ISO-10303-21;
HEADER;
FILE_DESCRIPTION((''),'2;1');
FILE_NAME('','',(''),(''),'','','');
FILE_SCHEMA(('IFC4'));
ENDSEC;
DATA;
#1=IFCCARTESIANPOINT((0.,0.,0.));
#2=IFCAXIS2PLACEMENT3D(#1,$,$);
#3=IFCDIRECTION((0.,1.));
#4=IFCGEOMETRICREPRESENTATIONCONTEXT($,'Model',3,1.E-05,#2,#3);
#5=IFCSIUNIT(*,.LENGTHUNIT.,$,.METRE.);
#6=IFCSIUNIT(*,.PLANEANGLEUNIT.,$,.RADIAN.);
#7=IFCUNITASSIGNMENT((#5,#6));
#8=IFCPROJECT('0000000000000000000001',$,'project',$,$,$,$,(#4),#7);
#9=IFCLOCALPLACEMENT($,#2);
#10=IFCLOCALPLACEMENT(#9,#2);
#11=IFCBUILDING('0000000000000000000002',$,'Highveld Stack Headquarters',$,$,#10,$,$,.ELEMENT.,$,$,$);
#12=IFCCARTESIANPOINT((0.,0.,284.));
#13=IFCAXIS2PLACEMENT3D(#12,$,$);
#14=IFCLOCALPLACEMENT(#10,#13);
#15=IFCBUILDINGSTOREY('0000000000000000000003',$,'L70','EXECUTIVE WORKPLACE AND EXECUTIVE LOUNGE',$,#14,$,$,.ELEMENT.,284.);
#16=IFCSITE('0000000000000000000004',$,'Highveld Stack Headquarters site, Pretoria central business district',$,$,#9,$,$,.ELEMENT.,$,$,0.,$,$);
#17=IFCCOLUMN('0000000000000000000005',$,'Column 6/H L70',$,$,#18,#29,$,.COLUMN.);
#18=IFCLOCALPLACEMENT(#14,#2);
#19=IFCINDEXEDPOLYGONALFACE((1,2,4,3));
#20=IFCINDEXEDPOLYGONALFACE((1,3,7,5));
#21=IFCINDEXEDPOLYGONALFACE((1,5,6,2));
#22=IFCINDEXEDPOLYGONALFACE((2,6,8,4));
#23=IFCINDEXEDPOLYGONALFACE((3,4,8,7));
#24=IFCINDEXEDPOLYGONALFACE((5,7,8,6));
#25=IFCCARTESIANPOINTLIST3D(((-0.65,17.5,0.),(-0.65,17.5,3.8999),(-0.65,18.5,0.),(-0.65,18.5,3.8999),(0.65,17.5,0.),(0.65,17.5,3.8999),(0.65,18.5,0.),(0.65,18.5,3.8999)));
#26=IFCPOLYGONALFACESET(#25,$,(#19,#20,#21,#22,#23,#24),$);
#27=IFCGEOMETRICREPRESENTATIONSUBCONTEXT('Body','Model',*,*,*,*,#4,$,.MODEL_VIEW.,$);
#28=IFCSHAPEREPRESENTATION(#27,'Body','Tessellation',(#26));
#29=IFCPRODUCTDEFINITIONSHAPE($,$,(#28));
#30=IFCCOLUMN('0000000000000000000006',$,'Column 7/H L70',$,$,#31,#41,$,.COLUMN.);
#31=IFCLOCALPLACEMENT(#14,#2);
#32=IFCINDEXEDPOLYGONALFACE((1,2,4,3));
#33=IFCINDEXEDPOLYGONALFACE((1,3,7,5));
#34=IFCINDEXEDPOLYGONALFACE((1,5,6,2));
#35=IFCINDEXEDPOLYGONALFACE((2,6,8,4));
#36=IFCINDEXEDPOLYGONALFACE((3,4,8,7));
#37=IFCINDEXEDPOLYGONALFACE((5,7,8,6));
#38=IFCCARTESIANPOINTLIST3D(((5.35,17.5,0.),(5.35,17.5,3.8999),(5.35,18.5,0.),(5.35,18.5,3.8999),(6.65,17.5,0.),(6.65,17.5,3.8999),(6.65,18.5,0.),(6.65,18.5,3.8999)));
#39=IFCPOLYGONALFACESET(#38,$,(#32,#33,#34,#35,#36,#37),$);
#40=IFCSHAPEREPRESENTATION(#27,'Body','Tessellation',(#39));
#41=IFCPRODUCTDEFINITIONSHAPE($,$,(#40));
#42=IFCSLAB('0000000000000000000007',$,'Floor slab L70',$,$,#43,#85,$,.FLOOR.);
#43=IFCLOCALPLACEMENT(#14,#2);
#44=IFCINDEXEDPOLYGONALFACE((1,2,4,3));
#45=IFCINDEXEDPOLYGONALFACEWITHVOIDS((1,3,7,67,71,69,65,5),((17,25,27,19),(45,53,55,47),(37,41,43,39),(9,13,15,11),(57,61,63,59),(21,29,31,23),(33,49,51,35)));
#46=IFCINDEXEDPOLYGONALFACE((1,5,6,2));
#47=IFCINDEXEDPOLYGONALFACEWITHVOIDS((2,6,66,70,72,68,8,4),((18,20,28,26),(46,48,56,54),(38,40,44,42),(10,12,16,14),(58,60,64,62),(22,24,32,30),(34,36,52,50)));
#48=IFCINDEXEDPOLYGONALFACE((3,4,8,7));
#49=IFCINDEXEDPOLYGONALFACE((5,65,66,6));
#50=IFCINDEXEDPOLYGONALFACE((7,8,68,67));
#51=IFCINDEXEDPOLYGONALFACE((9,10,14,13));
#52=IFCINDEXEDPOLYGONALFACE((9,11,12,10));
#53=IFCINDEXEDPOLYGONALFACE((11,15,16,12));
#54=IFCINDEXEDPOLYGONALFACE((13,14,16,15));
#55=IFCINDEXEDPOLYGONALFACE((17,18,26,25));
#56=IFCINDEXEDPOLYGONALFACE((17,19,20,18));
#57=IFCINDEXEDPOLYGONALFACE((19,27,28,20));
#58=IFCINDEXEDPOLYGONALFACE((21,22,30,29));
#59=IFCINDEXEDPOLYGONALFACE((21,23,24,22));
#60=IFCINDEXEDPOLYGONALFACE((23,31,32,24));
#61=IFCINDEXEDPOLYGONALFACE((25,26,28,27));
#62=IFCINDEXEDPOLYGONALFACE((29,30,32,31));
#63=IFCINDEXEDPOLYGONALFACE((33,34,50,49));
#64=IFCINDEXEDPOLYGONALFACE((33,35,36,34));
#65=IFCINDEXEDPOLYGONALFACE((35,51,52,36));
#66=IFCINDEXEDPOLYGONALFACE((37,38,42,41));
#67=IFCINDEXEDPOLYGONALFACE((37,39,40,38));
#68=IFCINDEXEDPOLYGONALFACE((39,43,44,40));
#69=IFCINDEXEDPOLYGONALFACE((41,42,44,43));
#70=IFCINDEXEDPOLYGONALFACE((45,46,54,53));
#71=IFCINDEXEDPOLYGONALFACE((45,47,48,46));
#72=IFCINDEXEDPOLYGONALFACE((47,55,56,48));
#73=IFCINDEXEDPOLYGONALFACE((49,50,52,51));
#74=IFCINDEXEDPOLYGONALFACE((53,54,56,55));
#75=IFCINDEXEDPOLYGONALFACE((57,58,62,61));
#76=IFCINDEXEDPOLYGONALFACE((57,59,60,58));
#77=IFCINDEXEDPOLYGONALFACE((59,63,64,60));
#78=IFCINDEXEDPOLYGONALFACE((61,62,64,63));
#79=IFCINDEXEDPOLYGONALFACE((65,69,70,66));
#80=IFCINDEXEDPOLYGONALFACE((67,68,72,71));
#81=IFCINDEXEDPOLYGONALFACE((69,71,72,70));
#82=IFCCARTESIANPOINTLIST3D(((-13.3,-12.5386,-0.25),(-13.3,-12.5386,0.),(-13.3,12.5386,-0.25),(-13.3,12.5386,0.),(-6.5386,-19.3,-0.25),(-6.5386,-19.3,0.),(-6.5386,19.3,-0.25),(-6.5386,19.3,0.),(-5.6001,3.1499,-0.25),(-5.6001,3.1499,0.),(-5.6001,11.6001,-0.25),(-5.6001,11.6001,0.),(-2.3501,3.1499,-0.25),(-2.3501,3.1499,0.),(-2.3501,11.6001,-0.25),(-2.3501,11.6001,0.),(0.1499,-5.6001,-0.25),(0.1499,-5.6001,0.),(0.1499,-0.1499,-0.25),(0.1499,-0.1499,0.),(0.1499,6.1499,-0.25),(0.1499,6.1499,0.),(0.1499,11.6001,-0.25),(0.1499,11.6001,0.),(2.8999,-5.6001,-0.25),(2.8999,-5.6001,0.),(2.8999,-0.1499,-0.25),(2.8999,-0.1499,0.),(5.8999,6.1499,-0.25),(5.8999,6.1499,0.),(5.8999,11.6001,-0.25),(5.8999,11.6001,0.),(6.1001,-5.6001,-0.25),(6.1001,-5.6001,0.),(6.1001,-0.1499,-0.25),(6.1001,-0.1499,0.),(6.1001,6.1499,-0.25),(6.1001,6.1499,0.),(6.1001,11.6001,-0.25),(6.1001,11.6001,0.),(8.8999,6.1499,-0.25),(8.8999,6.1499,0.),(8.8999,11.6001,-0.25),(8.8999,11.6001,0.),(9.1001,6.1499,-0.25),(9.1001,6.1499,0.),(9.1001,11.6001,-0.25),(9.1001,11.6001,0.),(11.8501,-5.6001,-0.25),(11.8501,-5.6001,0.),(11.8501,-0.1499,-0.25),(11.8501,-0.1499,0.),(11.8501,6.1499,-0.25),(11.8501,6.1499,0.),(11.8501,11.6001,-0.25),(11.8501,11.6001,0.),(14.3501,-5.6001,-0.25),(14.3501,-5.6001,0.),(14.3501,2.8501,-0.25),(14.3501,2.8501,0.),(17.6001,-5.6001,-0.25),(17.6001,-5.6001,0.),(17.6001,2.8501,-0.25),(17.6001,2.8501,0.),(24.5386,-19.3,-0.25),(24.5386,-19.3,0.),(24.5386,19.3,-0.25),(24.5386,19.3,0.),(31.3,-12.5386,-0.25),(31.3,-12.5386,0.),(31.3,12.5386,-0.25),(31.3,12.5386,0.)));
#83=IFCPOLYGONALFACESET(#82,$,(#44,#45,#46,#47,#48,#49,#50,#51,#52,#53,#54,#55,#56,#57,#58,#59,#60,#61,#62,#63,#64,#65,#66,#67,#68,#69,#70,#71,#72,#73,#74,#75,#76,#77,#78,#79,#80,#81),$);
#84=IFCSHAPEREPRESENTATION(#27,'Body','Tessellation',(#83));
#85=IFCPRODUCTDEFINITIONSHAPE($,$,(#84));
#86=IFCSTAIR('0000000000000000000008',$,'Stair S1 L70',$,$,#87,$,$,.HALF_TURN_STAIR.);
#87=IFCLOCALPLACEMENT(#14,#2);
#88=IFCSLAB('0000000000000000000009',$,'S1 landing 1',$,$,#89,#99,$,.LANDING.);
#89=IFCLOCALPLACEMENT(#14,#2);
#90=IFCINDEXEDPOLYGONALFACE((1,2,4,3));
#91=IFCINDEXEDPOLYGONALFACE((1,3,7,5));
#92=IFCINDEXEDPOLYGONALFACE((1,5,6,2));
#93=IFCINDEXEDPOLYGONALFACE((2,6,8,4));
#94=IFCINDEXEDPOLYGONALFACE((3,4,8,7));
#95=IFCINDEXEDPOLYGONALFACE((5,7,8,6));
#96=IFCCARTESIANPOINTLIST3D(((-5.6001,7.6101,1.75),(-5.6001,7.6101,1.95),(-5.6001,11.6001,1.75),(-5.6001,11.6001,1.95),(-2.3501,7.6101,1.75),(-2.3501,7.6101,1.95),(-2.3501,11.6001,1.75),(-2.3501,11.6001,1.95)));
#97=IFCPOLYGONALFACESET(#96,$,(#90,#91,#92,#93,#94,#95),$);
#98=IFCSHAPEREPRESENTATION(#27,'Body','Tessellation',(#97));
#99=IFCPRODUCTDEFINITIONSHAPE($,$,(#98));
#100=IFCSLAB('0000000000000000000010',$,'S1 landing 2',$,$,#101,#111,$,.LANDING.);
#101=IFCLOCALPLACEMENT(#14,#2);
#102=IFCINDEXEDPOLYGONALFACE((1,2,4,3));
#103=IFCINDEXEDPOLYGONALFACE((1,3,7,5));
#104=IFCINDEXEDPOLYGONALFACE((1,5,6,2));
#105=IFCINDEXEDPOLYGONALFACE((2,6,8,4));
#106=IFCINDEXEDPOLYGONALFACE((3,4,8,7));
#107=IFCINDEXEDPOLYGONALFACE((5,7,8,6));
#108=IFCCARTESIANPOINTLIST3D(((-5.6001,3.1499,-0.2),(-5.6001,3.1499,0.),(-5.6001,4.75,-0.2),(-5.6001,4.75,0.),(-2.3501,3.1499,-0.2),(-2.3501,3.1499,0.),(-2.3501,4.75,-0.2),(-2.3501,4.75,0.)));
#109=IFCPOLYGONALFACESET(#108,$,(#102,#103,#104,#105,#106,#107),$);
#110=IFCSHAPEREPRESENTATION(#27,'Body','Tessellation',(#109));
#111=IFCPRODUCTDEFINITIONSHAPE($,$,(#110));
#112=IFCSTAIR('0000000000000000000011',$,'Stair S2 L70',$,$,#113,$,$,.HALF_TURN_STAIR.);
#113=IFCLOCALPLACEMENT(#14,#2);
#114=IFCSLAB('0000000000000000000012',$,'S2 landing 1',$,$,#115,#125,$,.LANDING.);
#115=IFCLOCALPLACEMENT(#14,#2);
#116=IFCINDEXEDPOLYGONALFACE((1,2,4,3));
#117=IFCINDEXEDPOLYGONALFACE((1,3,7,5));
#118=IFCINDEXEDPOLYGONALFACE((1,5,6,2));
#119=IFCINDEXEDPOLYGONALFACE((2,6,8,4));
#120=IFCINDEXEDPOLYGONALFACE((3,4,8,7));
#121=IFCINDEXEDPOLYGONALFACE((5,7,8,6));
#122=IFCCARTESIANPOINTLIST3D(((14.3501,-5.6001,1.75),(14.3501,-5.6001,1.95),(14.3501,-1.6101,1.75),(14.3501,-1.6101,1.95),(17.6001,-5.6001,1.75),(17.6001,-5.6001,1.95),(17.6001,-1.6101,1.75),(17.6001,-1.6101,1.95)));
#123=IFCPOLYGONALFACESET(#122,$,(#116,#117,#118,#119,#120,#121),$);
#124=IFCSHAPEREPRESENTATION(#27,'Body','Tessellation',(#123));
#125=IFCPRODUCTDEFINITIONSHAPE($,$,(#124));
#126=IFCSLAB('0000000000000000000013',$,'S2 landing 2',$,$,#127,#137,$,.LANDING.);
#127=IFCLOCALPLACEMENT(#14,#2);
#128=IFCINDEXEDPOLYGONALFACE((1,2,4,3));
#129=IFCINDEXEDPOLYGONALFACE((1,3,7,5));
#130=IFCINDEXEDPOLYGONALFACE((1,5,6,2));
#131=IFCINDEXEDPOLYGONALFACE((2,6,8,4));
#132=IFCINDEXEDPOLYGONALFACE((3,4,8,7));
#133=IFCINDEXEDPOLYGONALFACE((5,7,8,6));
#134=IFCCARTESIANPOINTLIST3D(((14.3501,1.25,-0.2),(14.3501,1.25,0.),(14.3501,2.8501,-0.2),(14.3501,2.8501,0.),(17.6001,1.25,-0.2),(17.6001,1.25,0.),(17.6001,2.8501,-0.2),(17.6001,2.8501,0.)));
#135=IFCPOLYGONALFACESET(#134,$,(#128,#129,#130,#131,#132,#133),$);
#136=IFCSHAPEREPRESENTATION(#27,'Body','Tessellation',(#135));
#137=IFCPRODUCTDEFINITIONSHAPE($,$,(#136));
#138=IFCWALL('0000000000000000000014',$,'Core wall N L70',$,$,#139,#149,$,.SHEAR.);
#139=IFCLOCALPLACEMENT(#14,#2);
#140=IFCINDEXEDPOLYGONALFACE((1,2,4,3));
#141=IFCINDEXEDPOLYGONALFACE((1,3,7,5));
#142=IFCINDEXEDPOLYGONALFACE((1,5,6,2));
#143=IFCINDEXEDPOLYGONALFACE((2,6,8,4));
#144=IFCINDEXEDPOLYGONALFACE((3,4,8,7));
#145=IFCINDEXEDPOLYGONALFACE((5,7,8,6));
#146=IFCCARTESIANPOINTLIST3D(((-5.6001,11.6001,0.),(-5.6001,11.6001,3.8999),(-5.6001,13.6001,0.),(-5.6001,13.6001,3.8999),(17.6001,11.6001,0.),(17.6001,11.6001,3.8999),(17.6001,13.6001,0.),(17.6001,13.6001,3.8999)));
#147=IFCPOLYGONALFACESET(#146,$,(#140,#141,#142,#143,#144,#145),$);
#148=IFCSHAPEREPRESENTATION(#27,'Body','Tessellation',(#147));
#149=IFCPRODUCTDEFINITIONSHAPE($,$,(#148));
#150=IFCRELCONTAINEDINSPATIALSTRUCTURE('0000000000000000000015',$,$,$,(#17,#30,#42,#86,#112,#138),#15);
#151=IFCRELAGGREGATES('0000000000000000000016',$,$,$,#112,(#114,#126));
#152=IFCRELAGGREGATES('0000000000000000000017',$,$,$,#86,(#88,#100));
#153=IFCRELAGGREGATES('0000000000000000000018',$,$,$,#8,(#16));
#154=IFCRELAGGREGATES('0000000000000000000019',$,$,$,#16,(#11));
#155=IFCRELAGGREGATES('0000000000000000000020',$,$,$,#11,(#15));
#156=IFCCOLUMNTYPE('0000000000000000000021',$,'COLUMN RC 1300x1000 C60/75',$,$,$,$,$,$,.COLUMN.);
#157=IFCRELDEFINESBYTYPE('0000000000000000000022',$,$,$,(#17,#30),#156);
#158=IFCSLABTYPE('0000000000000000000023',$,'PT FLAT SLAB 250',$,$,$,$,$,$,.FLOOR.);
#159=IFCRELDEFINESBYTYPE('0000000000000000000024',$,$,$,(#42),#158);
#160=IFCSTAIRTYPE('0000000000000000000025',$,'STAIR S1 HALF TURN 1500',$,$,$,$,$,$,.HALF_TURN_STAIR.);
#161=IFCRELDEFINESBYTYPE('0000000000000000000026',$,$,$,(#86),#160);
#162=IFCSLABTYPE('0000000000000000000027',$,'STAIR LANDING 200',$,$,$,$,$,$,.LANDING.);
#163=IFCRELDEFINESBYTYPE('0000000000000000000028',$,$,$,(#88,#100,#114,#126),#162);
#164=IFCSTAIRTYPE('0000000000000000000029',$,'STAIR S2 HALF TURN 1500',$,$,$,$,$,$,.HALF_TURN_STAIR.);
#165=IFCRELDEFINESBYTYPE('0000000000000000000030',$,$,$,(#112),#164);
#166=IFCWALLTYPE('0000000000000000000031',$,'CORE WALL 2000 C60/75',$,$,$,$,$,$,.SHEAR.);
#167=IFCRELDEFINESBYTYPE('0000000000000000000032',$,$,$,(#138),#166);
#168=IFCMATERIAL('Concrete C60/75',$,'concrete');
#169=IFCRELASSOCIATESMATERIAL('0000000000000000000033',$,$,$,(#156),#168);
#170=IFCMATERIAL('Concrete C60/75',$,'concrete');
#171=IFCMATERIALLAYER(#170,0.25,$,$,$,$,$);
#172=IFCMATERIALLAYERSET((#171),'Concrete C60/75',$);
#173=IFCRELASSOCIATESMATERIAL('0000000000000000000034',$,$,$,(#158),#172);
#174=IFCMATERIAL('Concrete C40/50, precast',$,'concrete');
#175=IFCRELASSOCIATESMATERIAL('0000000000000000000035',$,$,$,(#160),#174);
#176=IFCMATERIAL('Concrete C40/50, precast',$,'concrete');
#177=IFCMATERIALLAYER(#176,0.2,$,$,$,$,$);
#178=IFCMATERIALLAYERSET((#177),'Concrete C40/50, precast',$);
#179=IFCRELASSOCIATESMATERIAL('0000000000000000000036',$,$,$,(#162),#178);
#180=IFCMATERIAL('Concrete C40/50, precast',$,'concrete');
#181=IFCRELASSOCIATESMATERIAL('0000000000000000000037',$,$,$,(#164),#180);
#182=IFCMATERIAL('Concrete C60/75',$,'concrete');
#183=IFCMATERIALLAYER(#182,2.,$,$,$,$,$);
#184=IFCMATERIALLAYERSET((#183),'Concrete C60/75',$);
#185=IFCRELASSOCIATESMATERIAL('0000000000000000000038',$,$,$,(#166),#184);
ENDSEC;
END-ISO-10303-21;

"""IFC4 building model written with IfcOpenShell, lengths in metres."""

from ifc_helpers import new_model, si_unit, direction, frame, frame_2d, origin, origin_2d, place, context, subcontext, project, spatial, polyline, rectangle, outline, extrude, material, layer, layer_set, material_profile, profile_set, type_object, element, aggregate, save


model = new_model("IFC4")

# Units and contexts
model_context = context("Model", 3, precision=1e-05, world=origin(), true_north=direction((0.0, 1.0)))
body_context = subcontext(model_context, "Body", "Model", "MODEL_VIEW")
ifc_project = project(units=[si_unit("LENGTHUNIT", "METRE"), si_unit("PLANEANGLEUNIT", "RADIAN")], contexts=[model_context])

# Site, building, storey
site_placement = place(None, origin())
site = spatial("IfcSite", under=ifc_project, at=site_placement, Name="Highveld Stack Headquarters site, Pretoria central business district", CompositionType="ELEMENT", RefElevation=0.0)
building_placement = place(site_placement, origin())
building = spatial("IfcBuilding", under=site, at=building_placement, Name="Highveld Stack Headquarters", CompositionType="ELEMENT")
storey_placement = place(building_placement, frame((0.0, 0.0, 284.0)))
storey = spatial("IfcBuildingStorey", under=building, at=storey_placement, Name="L70", Description="EXECUTIVE WORKPLACE AND EXECUTIVE LOUNGE", CompositionType="ELEMENT", Elevation=284.0)

# Columns
ifc_material_1 = material(Name="Concrete C60/75", Category="concrete")
ifc_material_profile = material_profile(ifc_material_1, rectangle(XDim=1.3, YDim=1.0, at=origin_2d()), Name="RC 1300x1000")
ifc_profile_set = profile_set([ifc_material_profile], Name="Concrete C60/75")
column_type = type_object("IfcColumnType", Name="COLUMN RC 1300x1000 C60/75", PredefinedType="COLUMN", material=ifc_profile_set)
for number, where, z_axis, x_axis, name in (
    (1, (0.0, 18.0, 0.0), (0.0, 0.0, 1.0), (1.0, 0.0, 0.0), "Column 6/H L70"),
    (2, (6.0, 18.0, 0.0), (0.0, 0.0, 1.0), (1.0, 0.0, 0.0), "Column 7/H L70"),
):
    element("IfcColumn", number, at=place(storey_placement, frame(where, z_axis=z_axis, x_axis=x_axis)), inside=storey, type_object=column_type, Name=name, PredefinedType="COLUMN", context=body_context, shape_type="SweptSolid", body=[
        extrude(rectangle(XDim=1.3, YDim=1.0, at=origin_2d()), origin(), (0.0, 0.0, 1.0), 3.8999),
    ])

# Slab
ifc_material_2 = material(Name="Concrete C60/75", Category="concrete")
ifc_layer_1 = layer(ifc_material_2, 0.25)
ifc_layer_set_1 = layer_set([ifc_layer_1], Name="Concrete C60/75")
slab_type_1 = type_object("IfcSlabType", Name="PT FLAT SLAB 250", PredefinedType="FLOOR", material=ifc_layer_set_1)
slab_1_placement = place(storey_placement, frame((0.0, 0.0, -0.25)))
element("IfcSlab", 3, at=slab_1_placement, inside=storey, type_object=slab_type_1, Name="Floor slab L70", PredefinedType="FLOOR", context=body_context, shape_type="SweptSolid", body=[
    extrude(outline(polyline([(-6.5386, -19.3), (24.5386, -19.3), (31.3, -12.5386), (31.3, 12.5386), (24.5386, 19.3), (-6.5386, 19.3), (-13.3, 12.5386), (-13.3, -12.5386), (-6.5386, -19.3)]), holes=[polyline([(0.1499, 6.1499), (5.8999, 6.1499), (5.8999, 11.6001), (0.1499, 11.6001), (0.1499, 6.1499)]), polyline([(9.1001, 6.1499), (11.8501, 6.1499), (11.8501, 11.6001), (9.1001, 11.6001), (9.1001, 6.1499)]), polyline([(6.1001, 6.1499), (8.8999, 6.1499), (8.8999, 11.6001), (6.1001, 11.6001), (6.1001, 6.1499)]), polyline([(6.1001, -5.6001), (11.8501, -5.6001), (11.8501, -0.1499), (6.1001, -0.1499), (6.1001, -5.6001)]), polyline([(0.1499, -5.6001), (2.8999, -5.6001), (2.8999, -0.1499), (0.1499, -0.1499), (0.1499, -5.6001)]), polyline([(-5.6001, 3.1499), (-2.3501, 3.1499), (-2.3501, 11.6001), (-5.6001, 11.6001), (-5.6001, 3.1499)]), polyline([(14.3501, -5.6001), (17.6001, -5.6001), (17.6001, 2.8501), (14.3501, 2.8501), (14.3501, -5.6001)])]), origin(), (0.0, 0.0, 1.0), 0.25),
])

# Stairs, slabs
ifc_material_3 = material(Name="Concrete C40/50, precast", Category="concrete")
stair_type_1 = type_object("IfcStairType", Name="STAIR S1 HALF TURN 1500", PredefinedType="HALF_TURN_STAIR", material=ifc_material_3)
stair_1_placement = place(storey_placement, origin())
stair_1 = element("IfcStair", 4, at=stair_1_placement, inside=storey, type_object=stair_type_1, Name="Stair S1 L70", PredefinedType="HALF_TURN_STAIR")
ifc_material_4 = material(Name="Concrete C40/50, precast", Category="concrete")
ifc_layer_2 = layer(ifc_material_4, 0.2)
ifc_layer_set_2 = layer_set([ifc_layer_2], Name="Concrete C40/50, precast")
slab_type_2 = type_object("IfcSlabType", Name="STAIR LANDING 200", PredefinedType="LANDING", material=ifc_layer_set_2)
slab_2_placement = place(storey_placement, frame((0.0, 0.0, 1.75)))
slab_2 = element("IfcSlab", 5, at=slab_2_placement, type_object=slab_type_2, Name="S1 landing 1", PredefinedType="LANDING", context=body_context, shape_type="SweptSolid", body=[
    extrude(outline(polyline([(-5.6001, 7.6101), (-2.3501, 7.6101), (-2.3501, 11.6001), (-5.6001, 11.6001), (-5.6001, 7.6101)])), origin(), (0.0, 0.0, 1.0), 0.2),
])
slab_3_placement = place(storey_placement, frame((0.0, 0.0, -0.2)))
slab_3 = element("IfcSlab", 6, at=slab_3_placement, type_object=slab_type_2, Name="S1 landing 2", PredefinedType="LANDING", context=body_context, shape_type="SweptSolid", body=[
    extrude(outline(polyline([(-5.6001, 3.1499), (-2.3501, 3.1499), (-2.3501, 4.75), (-5.6001, 4.75), (-5.6001, 3.1499)])), origin(), (0.0, 0.0, 1.0), 0.2),
])
ifc_material_5 = material(Name="Concrete C40/50, precast", Category="concrete")
stair_type_2 = type_object("IfcStairType", Name="STAIR S2 HALF TURN 1500", PredefinedType="HALF_TURN_STAIR", material=ifc_material_5)
stair_2_placement = place(storey_placement, origin())
stair_2 = element("IfcStair", 7, at=stair_2_placement, inside=storey, type_object=stair_type_2, Name="Stair S2 L70", PredefinedType="HALF_TURN_STAIR")
slab_4_placement = place(storey_placement, frame((0.0, 0.0, 1.75)))
slab_4 = element("IfcSlab", 8, at=slab_4_placement, type_object=slab_type_2, Name="S2 landing 1", PredefinedType="LANDING", context=body_context, shape_type="SweptSolid", body=[
    extrude(outline(polyline([(14.3501, -5.6001), (17.6001, -5.6001), (17.6001, -1.6101), (14.3501, -1.6101), (14.3501, -5.6001)])), origin(), (0.0, 0.0, 1.0), 0.2),
])
slab_5_placement = place(storey_placement, frame((0.0, 0.0, -0.2)))
slab_5 = element("IfcSlab", 9, at=slab_5_placement, type_object=slab_type_2, Name="S2 landing 2", PredefinedType="LANDING", context=body_context, shape_type="SweptSolid", body=[
    extrude(outline(polyline([(14.3501, 1.25), (17.6001, 1.25), (17.6001, 2.8501), (14.3501, 2.8501), (14.3501, 1.25)])), origin(), (0.0, 0.0, 1.0), 0.2),
])
aggregate(stair_2, [slab_4, slab_5])

# Wall
ifc_material_6 = material(Name="Concrete C60/75", Category="concrete")
ifc_layer_3 = layer(ifc_material_6, 2.0)
ifc_layer_set_3 = layer_set([ifc_layer_3], Name="Concrete C60/75")
wall_type_1 = type_object("IfcWallType", Name="CORE WALL 2000 C60/75", PredefinedType="SHEAR", material=ifc_layer_set_3)
wall_1_placement = place(storey_placement, frame((-5.6001, 12.6001, 0.0), z_axis=(0.0, 0.0, 1.0), x_axis=(1.0, 0.0, 0.0)))
element("IfcWall", 10, at=wall_1_placement, inside=storey, type_object=wall_type_1, Name="Core wall N L70", PredefinedType="SHEAR", context=body_context, shape_type="SweptSolid", body=[
    extrude(rectangle(XDim=23.2002, YDim=2.0, at=frame_2d((11.6001, 0.0))), origin(), (0.0, 0.0, 1.0), 3.8999),
])

aggregate(stair_1, [slab_2, slab_3])

save(model, "model.ifc")
